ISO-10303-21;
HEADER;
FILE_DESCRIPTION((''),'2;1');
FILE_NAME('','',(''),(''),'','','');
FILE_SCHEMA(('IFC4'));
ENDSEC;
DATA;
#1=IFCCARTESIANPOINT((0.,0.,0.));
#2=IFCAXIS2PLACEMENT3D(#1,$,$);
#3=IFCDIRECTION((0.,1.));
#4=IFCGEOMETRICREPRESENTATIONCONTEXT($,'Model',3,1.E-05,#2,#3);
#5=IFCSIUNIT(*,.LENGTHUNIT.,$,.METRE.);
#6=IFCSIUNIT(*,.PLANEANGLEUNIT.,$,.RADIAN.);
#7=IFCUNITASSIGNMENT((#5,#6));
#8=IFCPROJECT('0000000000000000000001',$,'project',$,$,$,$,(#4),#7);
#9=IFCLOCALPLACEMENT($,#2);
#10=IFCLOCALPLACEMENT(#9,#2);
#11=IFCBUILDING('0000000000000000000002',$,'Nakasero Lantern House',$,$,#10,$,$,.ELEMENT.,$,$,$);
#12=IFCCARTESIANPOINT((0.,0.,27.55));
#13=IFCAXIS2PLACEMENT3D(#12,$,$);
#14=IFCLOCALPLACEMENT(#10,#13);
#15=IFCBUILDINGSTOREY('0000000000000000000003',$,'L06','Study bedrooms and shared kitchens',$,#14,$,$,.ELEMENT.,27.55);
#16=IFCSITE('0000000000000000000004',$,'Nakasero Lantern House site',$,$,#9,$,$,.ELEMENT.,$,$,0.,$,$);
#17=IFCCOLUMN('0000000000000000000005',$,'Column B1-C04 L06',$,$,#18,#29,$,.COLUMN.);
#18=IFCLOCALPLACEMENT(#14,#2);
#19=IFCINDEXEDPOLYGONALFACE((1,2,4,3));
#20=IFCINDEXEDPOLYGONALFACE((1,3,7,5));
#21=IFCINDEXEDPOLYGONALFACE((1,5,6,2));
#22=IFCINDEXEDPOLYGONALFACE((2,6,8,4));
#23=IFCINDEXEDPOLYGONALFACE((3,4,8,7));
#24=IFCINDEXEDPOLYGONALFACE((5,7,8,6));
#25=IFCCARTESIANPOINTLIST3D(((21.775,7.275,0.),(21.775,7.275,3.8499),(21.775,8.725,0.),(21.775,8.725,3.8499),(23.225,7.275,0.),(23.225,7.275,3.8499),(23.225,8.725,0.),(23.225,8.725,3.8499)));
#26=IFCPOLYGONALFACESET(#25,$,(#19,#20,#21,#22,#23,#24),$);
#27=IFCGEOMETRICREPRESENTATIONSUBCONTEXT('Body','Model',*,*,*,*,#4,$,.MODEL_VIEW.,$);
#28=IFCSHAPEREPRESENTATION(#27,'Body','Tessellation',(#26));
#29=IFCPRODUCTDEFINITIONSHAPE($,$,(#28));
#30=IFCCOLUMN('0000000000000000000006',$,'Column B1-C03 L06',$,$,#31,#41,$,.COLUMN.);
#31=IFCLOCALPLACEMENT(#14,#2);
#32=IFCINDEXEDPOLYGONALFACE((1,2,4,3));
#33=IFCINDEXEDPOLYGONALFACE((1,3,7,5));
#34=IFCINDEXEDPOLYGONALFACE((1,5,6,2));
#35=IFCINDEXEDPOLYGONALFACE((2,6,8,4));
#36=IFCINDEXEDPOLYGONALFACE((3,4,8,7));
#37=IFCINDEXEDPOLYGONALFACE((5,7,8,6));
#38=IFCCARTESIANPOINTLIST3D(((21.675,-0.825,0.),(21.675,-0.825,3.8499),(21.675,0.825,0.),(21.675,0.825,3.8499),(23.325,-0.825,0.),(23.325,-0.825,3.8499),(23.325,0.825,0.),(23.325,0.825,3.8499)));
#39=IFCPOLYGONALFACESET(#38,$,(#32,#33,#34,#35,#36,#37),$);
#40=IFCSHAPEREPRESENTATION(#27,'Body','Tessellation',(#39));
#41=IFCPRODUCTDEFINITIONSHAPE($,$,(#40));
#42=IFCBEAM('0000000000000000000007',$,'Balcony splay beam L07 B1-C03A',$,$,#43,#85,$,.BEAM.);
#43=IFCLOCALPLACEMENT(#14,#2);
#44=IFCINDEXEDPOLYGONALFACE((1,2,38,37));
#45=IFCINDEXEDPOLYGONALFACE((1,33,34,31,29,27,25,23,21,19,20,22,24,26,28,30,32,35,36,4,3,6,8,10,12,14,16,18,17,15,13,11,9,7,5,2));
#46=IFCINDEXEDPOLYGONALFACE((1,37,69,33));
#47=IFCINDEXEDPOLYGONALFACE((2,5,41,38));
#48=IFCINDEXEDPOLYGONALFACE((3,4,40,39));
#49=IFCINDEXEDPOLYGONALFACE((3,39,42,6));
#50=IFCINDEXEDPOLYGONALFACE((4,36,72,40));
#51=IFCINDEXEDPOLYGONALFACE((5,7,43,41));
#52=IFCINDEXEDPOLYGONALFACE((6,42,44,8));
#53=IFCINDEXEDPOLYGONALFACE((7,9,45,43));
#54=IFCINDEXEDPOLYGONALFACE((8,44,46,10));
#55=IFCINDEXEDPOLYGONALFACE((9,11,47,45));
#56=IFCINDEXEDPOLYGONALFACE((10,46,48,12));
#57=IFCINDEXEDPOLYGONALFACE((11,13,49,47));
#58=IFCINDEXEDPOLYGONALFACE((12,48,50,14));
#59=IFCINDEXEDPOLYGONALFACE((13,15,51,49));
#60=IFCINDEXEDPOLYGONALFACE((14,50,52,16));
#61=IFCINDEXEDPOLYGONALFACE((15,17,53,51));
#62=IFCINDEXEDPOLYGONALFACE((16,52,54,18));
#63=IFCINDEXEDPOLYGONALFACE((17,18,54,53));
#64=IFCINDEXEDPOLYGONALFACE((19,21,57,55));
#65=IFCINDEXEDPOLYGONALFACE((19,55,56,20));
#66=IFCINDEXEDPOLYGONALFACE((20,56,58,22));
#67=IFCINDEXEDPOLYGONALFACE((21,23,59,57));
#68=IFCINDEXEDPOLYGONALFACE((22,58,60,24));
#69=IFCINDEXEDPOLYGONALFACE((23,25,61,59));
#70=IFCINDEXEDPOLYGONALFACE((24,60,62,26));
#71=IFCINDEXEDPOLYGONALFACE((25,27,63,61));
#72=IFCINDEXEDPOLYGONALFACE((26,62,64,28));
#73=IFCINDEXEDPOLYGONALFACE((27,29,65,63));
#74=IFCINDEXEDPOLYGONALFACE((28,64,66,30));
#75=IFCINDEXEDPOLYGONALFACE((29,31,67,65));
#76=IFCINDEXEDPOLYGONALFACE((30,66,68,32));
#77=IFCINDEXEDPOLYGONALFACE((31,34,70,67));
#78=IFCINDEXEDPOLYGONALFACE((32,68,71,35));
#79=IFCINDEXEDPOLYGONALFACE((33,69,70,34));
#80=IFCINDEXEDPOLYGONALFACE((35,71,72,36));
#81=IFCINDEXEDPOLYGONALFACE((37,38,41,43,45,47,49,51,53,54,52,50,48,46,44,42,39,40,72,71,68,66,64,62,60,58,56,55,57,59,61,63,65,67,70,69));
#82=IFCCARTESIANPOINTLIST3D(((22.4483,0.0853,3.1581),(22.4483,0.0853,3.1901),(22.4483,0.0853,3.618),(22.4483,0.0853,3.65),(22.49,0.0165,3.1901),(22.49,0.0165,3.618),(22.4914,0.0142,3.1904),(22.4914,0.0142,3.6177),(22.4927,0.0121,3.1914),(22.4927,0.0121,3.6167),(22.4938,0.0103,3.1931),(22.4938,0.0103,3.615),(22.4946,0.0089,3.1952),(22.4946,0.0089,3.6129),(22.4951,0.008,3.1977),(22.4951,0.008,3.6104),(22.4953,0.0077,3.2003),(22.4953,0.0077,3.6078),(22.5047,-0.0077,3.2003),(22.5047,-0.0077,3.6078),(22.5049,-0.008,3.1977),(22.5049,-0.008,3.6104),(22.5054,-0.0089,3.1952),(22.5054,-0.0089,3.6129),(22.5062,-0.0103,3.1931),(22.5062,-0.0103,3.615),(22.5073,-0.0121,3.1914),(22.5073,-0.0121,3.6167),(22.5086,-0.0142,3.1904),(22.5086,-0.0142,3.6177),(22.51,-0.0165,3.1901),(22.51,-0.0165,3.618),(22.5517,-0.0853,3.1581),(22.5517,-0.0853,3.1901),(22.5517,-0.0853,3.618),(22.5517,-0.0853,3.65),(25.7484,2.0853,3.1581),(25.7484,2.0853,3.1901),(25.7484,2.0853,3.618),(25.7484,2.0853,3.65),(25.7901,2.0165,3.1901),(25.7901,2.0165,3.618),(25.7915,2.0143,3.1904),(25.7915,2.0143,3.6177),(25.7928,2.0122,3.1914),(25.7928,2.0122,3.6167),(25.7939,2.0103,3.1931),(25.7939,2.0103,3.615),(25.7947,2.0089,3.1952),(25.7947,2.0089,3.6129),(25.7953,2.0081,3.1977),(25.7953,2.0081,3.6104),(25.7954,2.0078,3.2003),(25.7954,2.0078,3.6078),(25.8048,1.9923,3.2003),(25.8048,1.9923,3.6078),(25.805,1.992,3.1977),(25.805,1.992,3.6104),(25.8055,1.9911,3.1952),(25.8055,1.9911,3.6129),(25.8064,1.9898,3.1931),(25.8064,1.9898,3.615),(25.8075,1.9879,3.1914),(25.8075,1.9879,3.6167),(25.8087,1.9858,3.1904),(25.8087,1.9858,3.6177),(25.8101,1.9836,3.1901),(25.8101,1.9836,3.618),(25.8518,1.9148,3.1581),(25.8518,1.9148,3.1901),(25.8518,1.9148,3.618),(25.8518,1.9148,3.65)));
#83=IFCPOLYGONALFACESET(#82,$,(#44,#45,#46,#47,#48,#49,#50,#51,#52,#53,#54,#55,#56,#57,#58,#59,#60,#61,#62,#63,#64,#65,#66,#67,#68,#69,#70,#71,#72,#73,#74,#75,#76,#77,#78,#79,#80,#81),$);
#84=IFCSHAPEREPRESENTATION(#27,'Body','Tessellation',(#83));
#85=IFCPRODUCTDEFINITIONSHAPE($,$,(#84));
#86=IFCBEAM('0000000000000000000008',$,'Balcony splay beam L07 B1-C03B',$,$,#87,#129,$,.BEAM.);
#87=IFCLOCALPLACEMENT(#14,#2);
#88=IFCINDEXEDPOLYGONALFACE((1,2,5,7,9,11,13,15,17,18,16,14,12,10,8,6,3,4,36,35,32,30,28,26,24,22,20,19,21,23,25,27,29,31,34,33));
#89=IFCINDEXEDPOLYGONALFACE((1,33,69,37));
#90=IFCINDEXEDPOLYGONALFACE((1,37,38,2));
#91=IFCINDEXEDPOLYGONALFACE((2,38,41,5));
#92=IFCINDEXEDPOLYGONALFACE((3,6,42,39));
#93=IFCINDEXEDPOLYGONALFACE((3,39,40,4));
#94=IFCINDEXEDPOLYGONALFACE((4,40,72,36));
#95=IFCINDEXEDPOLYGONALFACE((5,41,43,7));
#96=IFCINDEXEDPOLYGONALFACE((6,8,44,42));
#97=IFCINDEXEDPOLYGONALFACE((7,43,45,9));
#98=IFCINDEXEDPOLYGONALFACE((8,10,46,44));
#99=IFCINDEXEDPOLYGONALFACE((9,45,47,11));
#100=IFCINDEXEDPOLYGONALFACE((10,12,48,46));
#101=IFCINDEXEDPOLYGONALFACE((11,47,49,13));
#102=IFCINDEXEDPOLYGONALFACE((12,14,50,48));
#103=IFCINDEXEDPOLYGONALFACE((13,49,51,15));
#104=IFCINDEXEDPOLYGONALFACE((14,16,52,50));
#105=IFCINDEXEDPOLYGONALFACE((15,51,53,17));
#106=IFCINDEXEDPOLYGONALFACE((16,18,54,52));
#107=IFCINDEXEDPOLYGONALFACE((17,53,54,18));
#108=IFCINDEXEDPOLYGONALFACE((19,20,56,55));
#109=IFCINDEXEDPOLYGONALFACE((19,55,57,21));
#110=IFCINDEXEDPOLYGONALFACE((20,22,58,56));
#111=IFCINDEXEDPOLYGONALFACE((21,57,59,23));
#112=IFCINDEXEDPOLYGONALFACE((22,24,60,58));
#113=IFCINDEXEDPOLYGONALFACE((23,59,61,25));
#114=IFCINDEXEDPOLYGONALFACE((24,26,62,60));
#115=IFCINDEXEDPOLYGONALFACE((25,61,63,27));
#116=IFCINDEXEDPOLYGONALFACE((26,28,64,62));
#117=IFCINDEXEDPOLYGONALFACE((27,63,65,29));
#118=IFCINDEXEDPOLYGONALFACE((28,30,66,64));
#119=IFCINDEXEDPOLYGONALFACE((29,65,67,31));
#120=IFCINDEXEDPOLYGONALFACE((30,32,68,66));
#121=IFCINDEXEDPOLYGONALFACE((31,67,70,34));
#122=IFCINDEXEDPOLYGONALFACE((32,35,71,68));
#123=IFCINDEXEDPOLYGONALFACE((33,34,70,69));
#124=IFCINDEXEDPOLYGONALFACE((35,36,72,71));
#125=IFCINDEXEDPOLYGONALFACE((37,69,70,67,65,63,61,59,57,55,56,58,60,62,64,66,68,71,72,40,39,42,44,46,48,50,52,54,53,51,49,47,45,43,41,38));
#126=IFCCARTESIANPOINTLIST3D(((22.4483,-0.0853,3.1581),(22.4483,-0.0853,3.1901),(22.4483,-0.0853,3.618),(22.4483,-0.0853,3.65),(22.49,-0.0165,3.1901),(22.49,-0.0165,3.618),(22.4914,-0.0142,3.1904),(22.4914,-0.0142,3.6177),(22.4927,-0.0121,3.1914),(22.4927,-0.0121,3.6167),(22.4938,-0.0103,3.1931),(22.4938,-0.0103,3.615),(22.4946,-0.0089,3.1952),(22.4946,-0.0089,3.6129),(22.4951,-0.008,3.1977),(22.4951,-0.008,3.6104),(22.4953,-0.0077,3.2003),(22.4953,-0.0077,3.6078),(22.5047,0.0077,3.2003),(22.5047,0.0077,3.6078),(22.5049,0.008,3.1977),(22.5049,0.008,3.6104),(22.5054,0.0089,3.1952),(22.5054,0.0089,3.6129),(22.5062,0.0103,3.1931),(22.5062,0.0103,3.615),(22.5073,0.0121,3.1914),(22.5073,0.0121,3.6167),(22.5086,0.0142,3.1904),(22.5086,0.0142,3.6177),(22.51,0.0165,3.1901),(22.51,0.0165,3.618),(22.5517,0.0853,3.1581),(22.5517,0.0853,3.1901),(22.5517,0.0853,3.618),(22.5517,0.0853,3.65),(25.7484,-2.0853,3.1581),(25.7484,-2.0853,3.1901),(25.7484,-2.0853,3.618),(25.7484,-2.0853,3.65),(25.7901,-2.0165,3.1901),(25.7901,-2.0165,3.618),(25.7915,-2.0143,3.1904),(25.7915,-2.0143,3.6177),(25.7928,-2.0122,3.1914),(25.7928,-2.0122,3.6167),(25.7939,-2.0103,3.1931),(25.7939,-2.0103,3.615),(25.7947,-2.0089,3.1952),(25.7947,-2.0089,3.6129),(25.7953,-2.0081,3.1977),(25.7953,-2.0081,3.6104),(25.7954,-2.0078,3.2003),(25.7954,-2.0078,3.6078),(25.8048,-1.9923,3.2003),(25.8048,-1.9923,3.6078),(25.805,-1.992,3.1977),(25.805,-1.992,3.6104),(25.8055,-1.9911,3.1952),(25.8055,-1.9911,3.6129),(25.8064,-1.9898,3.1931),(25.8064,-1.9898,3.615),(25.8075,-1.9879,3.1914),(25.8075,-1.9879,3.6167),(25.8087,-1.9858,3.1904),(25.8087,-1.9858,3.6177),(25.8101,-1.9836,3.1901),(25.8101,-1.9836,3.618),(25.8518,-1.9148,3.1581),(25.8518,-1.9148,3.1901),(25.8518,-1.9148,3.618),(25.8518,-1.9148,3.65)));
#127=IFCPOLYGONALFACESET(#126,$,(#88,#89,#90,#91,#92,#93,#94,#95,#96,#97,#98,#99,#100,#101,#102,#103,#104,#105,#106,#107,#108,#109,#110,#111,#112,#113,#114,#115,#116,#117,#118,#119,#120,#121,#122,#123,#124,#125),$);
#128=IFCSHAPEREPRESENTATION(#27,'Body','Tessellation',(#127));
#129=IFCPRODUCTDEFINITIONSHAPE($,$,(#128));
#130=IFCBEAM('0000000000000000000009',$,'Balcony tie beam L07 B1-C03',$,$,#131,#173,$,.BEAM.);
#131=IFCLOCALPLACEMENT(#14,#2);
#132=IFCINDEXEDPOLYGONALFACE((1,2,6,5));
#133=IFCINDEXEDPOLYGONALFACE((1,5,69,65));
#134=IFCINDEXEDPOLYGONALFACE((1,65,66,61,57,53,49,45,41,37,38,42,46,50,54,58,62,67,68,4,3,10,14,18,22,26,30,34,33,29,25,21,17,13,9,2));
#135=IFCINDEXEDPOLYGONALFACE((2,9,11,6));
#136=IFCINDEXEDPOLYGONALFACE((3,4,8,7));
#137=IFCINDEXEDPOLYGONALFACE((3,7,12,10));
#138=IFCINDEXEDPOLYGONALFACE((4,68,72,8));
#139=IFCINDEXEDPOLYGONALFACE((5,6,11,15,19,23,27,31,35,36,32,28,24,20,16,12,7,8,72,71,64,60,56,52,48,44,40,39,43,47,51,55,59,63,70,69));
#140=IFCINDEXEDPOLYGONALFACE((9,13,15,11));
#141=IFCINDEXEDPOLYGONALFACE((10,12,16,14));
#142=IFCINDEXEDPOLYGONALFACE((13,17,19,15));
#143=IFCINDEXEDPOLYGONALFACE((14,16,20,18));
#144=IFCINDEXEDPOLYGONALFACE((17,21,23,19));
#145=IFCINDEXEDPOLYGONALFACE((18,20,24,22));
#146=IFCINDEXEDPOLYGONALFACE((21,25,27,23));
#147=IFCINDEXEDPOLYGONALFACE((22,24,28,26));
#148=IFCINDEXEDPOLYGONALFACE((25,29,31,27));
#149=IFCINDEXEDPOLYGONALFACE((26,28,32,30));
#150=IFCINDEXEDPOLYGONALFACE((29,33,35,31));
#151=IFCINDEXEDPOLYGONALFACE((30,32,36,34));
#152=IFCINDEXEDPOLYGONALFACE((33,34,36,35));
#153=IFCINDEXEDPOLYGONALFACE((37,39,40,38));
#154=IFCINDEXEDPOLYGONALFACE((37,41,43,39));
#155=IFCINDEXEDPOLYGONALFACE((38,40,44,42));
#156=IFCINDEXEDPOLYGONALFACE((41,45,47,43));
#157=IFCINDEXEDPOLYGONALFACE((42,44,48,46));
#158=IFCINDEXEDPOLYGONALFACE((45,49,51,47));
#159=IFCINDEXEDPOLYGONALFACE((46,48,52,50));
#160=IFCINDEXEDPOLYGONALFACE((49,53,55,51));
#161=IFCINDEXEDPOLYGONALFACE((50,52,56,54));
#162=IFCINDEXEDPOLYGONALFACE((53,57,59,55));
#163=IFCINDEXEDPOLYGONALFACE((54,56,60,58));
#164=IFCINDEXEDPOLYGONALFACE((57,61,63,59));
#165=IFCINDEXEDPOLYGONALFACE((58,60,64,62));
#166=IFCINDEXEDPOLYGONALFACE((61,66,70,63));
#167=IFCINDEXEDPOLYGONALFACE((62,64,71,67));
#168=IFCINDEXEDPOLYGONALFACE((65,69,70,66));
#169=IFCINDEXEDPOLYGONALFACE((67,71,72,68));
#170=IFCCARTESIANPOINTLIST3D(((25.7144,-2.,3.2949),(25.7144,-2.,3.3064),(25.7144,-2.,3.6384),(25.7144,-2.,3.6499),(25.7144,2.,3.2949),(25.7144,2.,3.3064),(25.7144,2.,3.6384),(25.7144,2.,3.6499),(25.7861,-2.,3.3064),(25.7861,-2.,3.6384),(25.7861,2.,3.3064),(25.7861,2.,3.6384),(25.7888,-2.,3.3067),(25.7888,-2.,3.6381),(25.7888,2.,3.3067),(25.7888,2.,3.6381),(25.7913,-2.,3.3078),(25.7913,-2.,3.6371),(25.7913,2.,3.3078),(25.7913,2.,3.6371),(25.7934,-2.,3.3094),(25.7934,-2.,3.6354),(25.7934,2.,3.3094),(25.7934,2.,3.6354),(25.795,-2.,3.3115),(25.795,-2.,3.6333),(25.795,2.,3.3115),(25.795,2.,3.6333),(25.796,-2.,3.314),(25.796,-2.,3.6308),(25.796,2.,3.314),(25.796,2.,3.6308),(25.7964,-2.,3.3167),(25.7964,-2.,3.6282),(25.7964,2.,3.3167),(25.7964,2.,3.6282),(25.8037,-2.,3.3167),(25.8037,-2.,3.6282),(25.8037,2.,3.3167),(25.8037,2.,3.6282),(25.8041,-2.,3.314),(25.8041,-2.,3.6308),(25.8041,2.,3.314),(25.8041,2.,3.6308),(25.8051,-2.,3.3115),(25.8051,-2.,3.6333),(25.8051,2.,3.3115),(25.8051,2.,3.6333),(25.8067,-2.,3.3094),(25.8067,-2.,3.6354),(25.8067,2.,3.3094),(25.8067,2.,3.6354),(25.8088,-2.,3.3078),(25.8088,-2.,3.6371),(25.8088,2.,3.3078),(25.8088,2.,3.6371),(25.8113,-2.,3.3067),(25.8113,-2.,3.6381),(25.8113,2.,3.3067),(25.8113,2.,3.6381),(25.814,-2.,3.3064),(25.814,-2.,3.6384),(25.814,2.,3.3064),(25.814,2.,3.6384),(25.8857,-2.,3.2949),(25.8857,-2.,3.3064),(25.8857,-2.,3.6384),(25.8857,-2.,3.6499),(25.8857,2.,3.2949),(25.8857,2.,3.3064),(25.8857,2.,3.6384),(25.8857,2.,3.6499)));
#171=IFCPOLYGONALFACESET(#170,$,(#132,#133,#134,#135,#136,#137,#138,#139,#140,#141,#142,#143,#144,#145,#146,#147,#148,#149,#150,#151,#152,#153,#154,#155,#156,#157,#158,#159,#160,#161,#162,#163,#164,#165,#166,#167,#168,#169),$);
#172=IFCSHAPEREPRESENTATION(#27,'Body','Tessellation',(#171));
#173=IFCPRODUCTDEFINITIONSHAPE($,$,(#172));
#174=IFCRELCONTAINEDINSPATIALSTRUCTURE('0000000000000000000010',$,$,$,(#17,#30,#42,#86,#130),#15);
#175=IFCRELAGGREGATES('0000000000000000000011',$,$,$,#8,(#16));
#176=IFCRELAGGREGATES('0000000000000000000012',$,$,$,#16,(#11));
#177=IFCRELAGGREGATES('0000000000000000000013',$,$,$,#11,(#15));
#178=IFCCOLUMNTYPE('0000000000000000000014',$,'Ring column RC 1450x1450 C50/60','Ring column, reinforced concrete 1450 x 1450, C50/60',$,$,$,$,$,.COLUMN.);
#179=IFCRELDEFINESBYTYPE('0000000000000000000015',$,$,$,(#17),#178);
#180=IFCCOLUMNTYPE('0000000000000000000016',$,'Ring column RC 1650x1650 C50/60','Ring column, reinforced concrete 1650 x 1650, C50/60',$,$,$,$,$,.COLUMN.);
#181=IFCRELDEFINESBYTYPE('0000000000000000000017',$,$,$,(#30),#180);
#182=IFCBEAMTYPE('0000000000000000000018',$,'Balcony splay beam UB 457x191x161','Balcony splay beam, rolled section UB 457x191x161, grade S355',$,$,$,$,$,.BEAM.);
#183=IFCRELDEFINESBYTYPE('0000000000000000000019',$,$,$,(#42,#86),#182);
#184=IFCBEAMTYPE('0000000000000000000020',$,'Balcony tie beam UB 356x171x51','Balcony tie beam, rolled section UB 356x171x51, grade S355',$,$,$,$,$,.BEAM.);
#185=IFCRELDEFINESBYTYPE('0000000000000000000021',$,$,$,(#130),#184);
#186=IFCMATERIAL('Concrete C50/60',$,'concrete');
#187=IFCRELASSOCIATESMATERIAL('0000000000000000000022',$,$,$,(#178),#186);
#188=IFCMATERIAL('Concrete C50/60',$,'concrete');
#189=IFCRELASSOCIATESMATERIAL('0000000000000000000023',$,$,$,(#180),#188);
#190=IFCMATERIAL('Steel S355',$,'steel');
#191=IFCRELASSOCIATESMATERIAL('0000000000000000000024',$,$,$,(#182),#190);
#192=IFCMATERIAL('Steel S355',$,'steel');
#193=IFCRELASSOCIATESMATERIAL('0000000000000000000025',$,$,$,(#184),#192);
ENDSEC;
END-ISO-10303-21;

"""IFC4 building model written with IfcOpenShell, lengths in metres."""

from ifc_helpers import new_model, si_unit, direction, frame, origin, origin_2d, place, context, subcontext, project, spatial, rectangle, i_section, extrude, material, material_profile, profile_set, type_object, element, save


model = new_model("IFC4")

# Units and contexts
model_context = context("Model", 3, precision=1e-05, world=origin(), true_north=direction((0.0, 1.0)))
body_context = subcontext(model_context, "Body", "Model", "MODEL_VIEW")
ifc_project = project(units=[si_unit("LENGTHUNIT", "METRE"), si_unit("PLANEANGLEUNIT", "RADIAN")], contexts=[model_context])

# Site, building, storey
site_placement = place(None, origin())
site = spatial("IfcSite", under=ifc_project, at=site_placement, Name="Nakasero Lantern House site", CompositionType="ELEMENT", RefElevation=0.0)
building_placement = place(site_placement, origin())
building = spatial("IfcBuilding", under=site, at=building_placement, Name="Nakasero Lantern House", CompositionType="ELEMENT")
storey_placement = place(building_placement, frame((0.0, 0.0, 27.55)))
storey = spatial("IfcBuildingStorey", under=building, at=storey_placement, Name="L06", Description="Study bedrooms and shared kitchens", CompositionType="ELEMENT", Elevation=27.55)

# Columns
ifc_material_1 = material(Name="Concrete C50/60", Category="concrete")
ifc_material_profile_1 = material_profile(ifc_material_1, rectangle(XDim=1.45, YDim=1.45, at=origin_2d()), Name="RC 1450x1450")
ifc_profile_set_1 = profile_set([ifc_material_profile_1], Name="Concrete C50/60")
column_type_1 = type_object("IfcColumnType", Name="Ring column RC 1450x1450 C50/60", Description="Ring column, reinforced concrete 1450 x 1450, C50/60", PredefinedType="COLUMN", material=ifc_profile_set_1)
column_1_placement = place(storey_placement, frame((22.5, 8.0, 0.0), z_axis=(0.0, 0.0, 1.0), x_axis=(1.0, 0.0, 0.0)))
element("IfcColumn", 1, at=column_1_placement, inside=storey, type_object=column_type_1, Name="Column B1-C04 L06", PredefinedType="COLUMN", context=body_context, shape_type="SweptSolid", body=[
    extrude(rectangle(XDim=1.45, YDim=1.45, at=origin_2d()), origin(), (0.0, 0.0, 1.0), 3.8499),
])
ifc_material_2 = material(Name="Concrete C50/60", Category="concrete")
ifc_material_profile_2 = material_profile(ifc_material_2, rectangle(XDim=1.6499, YDim=1.6499, at=origin_2d()), Name="RC 1650x1650")
ifc_profile_set_2 = profile_set([ifc_material_profile_2], Name="Concrete C50/60")
column_type_2 = type_object("IfcColumnType", Name="Ring column RC 1650x1650 C50/60", Description="Ring column, reinforced concrete 1650 x 1650, C50/60", PredefinedType="COLUMN", material=ifc_profile_set_2)
column_2_placement = place(storey_placement, frame((22.5, 0.0, 0.0), z_axis=(0.0, 0.0, 1.0), x_axis=(1.0, 0.0, 0.0)))
element("IfcColumn", 2, at=column_2_placement, inside=storey, type_object=column_type_2, Name="Column B1-C03 L06", PredefinedType="COLUMN", context=body_context, shape_type="SweptSolid", body=[
    extrude(rectangle(XDim=1.6499, YDim=1.6499, at=origin_2d()), origin(), (0.0, 0.0, 1.0), 3.8499),
])

# Beams
ifc_material_3 = material(Name="Steel S355", Category="steel")
ifc_material_profile_3 = material_profile(ifc_material_3, i_section(OverallWidth=0.1995, OverallDepth=0.4919, WebThickness=0.0181, FlangeThickness=0.032, FilletRadius=0.0103, at=origin_2d()), Name="UB 457x191x161")
ifc_profile_set_3 = profile_set([ifc_material_profile_3], Name="Steel S355")
beam_type_1 = type_object("IfcBeamType", Name="Balcony splay beam UB 457x191x161", Description="Balcony splay beam, rolled section UB 457x191x161, grade S355", PredefinedType="BEAM", material=ifc_profile_set_3)
for number, where, z_axis, x_axis, name in (
    (3, (22.5, 0.0, 3.4041), (0.855201, 0.518296, 0.0), (-0.518296, 0.855201, 0.0), "Balcony splay beam L07 B1-C03A"),
    (4, (22.5, 0.0, 3.4041), (0.855201, -0.518296, 0.0), (0.518296, 0.855201, 0.0), "Balcony splay beam L07 B1-C03B"),
):
    element("IfcBeam", number, at=place(storey_placement, frame(where, z_axis=z_axis, x_axis=x_axis)), inside=storey, type_object=beam_type_1, Name=name, PredefinedType="BEAM", context=body_context, shape_type="SweptSolid", body=[
        extrude(i_section(OverallWidth=0.1995, OverallDepth=0.4919, WebThickness=0.0181, FlangeThickness=0.032, FilletRadius=0.0103, at=origin_2d()), origin(), (0.0, 0.0, 1.0), 3.8589),
    ])
ifc_material_4 = material(Name="Steel S355", Category="steel")
ifc_material_profile_4 = material_profile(ifc_material_4, i_section(OverallWidth=0.1714, OverallDepth=0.355, WebThickness=0.0073, FlangeThickness=0.0115, FilletRadius=0.0103, at=origin_2d()), Name="UB 356x171x51")
ifc_profile_set_4 = profile_set([ifc_material_profile_4], Name="Steel S355")
beam_type_2 = type_object("IfcBeamType", Name="Balcony tie beam UB 356x171x51", Description="Balcony tie beam, rolled section UB 356x171x51, grade S355", PredefinedType="BEAM", material=ifc_profile_set_4)
beam_1_placement = place(storey_placement, frame((25.8, 2.0, 3.4724), z_axis=(0.0, -1.0, 0.0), x_axis=(1.0, 0.0, 0.0)))
element("IfcBeam", 5, at=beam_1_placement, inside=storey, type_object=beam_type_2, Name="Balcony tie beam L07 B1-C03", PredefinedType="BEAM", context=body_context, shape_type="SweptSolid", body=[
    extrude(i_section(OverallWidth=0.1714, OverallDepth=0.355, WebThickness=0.0073, FlangeThickness=0.0115, FilletRadius=0.0103, at=origin_2d()), origin(), (0.0, 0.0, 1.0), 4.0),
])

save(model, "model.ifc")
